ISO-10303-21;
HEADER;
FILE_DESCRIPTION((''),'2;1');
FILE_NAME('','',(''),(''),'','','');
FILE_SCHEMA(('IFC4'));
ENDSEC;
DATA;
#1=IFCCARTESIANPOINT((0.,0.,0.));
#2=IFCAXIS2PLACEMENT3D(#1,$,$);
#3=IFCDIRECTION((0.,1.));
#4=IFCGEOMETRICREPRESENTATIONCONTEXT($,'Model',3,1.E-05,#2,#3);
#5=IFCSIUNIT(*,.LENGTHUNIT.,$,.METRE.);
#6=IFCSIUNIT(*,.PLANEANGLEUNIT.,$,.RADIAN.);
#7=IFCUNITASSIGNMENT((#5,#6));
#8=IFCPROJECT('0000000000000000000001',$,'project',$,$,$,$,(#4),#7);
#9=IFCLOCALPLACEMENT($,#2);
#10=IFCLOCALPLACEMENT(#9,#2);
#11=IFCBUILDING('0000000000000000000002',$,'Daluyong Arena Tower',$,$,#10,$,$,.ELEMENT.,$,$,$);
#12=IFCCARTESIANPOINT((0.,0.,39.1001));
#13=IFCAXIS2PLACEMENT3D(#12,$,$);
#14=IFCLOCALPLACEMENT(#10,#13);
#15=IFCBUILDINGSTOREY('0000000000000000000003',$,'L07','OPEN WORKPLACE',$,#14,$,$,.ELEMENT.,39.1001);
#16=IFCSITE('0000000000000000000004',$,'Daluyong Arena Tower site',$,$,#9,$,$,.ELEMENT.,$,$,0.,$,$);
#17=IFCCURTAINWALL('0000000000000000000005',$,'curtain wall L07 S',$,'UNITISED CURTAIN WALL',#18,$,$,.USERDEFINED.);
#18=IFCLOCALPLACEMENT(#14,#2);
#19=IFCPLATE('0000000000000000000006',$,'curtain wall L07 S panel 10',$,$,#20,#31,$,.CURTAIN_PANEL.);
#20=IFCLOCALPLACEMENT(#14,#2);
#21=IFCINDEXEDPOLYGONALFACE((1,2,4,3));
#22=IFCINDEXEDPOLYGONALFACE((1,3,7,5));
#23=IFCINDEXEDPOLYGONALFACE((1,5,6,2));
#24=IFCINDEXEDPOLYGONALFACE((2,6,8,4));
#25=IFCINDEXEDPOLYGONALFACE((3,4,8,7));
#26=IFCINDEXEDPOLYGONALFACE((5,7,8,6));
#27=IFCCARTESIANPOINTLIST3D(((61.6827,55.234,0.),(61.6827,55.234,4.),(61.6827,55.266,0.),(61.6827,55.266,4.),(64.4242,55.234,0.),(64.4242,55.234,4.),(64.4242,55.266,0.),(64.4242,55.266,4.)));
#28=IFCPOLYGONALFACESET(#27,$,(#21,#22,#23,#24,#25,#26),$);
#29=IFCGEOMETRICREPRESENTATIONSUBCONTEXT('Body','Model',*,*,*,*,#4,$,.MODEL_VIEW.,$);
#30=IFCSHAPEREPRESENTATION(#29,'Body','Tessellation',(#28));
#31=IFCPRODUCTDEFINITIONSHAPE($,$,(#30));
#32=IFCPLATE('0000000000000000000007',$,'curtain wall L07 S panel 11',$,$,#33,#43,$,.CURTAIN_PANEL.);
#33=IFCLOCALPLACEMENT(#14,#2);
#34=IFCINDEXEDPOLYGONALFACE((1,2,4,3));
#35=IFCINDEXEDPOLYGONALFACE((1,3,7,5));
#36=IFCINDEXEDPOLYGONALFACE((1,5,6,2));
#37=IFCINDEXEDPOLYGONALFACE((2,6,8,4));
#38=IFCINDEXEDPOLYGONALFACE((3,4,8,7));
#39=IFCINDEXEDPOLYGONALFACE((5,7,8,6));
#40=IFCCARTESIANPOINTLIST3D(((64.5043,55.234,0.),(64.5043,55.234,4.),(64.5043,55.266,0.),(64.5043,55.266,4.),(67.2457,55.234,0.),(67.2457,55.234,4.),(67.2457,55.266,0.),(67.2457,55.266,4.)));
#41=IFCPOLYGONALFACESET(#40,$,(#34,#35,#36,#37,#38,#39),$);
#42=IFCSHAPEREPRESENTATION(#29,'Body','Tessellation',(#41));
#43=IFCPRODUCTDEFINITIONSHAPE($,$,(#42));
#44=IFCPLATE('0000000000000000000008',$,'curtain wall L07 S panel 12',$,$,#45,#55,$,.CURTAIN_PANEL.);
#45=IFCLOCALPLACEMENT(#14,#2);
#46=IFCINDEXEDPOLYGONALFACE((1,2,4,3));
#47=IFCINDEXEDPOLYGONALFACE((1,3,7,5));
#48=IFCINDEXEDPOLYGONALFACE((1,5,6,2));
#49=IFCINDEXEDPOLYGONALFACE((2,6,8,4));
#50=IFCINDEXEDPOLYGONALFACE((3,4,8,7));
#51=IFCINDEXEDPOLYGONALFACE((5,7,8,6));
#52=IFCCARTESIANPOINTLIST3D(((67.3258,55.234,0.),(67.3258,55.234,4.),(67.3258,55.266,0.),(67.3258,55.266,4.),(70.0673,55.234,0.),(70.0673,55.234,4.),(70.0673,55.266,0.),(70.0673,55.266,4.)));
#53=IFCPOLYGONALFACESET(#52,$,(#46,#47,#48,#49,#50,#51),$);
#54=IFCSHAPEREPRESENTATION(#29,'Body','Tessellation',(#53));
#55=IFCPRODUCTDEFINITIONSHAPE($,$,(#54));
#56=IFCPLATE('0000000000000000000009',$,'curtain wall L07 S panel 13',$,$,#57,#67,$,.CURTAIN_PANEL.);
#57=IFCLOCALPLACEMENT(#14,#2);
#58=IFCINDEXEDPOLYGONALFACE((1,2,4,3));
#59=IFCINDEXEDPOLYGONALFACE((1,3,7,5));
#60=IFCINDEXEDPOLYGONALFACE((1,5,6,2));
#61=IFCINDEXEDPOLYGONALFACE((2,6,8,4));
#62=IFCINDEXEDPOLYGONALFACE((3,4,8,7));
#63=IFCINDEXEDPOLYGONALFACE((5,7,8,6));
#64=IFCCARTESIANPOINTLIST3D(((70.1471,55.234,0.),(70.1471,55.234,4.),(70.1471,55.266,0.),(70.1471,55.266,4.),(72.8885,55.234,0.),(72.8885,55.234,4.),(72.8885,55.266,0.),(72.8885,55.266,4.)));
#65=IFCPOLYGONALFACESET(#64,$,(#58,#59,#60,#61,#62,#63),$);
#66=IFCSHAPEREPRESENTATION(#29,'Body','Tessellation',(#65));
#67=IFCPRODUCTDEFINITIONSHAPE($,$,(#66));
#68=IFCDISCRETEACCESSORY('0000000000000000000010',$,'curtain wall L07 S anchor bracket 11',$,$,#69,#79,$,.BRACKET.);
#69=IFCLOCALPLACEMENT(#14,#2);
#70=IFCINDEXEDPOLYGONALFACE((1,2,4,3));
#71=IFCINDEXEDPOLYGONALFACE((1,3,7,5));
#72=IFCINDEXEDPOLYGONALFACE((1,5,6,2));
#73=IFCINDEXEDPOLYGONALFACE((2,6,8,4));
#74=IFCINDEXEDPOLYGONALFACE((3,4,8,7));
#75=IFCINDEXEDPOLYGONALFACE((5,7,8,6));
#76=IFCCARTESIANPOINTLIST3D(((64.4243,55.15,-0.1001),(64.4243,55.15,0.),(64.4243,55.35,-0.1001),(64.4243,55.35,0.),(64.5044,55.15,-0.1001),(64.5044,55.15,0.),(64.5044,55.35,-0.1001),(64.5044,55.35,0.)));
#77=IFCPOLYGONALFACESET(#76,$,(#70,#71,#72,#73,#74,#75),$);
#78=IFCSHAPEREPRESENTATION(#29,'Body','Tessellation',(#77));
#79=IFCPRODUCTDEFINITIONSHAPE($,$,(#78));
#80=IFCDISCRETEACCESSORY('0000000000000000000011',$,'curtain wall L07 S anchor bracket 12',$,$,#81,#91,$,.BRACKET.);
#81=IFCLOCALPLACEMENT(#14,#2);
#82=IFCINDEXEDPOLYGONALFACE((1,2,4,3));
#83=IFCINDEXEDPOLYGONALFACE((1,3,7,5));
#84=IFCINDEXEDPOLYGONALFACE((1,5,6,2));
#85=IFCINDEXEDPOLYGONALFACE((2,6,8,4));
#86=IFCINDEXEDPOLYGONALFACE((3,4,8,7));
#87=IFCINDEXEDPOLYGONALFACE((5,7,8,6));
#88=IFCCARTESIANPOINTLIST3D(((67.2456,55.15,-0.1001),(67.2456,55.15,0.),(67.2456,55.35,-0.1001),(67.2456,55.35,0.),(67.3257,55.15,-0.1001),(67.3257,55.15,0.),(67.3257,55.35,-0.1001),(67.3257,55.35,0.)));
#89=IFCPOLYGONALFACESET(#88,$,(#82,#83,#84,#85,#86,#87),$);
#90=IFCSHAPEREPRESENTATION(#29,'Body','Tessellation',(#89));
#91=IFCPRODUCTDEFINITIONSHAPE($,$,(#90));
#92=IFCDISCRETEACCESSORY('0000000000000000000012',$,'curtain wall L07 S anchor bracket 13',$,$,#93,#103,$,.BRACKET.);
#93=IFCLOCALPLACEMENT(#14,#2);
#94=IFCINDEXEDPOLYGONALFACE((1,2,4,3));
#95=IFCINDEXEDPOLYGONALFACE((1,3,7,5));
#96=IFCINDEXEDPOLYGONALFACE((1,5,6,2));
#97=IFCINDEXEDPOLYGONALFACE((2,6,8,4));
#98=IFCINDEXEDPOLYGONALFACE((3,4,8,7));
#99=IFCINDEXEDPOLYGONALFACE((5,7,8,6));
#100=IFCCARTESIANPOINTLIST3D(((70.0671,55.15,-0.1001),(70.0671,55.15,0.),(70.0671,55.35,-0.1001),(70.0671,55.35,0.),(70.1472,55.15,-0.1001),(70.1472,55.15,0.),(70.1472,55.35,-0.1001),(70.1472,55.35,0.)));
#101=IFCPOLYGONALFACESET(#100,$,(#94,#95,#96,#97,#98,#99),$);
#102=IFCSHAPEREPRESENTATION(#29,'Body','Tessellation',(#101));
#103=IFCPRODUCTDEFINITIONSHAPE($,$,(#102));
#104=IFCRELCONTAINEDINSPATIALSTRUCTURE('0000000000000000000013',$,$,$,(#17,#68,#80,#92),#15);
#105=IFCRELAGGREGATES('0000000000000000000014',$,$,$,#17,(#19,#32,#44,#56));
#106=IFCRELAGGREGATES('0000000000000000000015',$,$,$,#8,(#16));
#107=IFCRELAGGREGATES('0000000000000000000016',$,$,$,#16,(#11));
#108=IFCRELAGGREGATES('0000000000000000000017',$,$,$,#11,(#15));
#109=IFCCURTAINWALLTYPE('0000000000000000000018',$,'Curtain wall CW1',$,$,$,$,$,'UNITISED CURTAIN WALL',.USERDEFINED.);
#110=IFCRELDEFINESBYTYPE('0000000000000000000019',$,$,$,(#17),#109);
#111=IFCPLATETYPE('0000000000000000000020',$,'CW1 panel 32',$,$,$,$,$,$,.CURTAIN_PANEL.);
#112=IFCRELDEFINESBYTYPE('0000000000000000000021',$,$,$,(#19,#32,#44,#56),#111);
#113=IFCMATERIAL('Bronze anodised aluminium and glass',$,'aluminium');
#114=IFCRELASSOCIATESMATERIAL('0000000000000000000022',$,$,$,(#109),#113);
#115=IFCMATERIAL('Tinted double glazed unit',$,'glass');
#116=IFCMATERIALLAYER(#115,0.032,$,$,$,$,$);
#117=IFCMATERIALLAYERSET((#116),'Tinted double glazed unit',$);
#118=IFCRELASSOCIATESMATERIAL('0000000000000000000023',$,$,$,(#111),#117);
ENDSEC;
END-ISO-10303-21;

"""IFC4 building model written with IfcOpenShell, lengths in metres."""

from ifc_helpers import new_model, si_unit, direction, frame, origin, origin_2d, place, context, subcontext, project, spatial, rectangle, extrude, material, layer, layer_set, type_object, element, aggregate, save


model = new_model("IFC4")

# Units and contexts
model_context = context("Model", 3, precision=1e-05, world=origin(), true_north=direction((0.0, 1.0)))
body_context = subcontext(model_context, "Body", "Model", "MODEL_VIEW")
ifc_project = project(units=[si_unit("LENGTHUNIT", "METRE"), si_unit("PLANEANGLEUNIT", "RADIAN")], contexts=[model_context])

# Site, building, storey
site_placement = place(None, origin())
site = spatial("IfcSite", under=ifc_project, at=site_placement, Name="Daluyong Arena Tower site", CompositionType="ELEMENT", RefElevation=0.0)
building_placement = place(site_placement, origin())
building = spatial("IfcBuilding", under=site, at=building_placement, Name="Daluyong Arena Tower", CompositionType="ELEMENT")
storey_placement = place(building_placement, frame((0.0, 0.0, 39.1001)))
storey = spatial("IfcBuildingStorey", under=building, at=storey_placement, Name="L07", Description="OPEN WORKPLACE", CompositionType="ELEMENT", Elevation=39.1001)

# Curtain wall
ifc_material_1 = material(Name="Bronze anodised aluminium and glass", Category="aluminium")
curtain_wall_type = type_object("IfcCurtainWallType", Name="Curtain wall CW1", ElementType="UNITISED CURTAIN WALL", PredefinedType="USERDEFINED", material=ifc_material_1)
curtain_wall_placement = place(storey_placement, origin())
curtain_wall = element("IfcCurtainWall", 1, at=curtain_wall_placement, inside=storey, type_object=curtain_wall_type, Name="curtain wall L07 S", ObjectType="UNITISED CURTAIN WALL", PredefinedType="USERDEFINED")

# Plates
ifc_material_2 = material(Name="Tinted double glazed unit", Category="glass")
ifc_layer = layer(ifc_material_2, 0.032)
ifc_layer_set = layer_set([ifc_layer], Name="Tinted double glazed unit")
plate_type = type_object("IfcPlateType", Name="CW1 panel 32", PredefinedType="CURTAIN_PANEL", material=ifc_layer_set)
plate_1_placement = place(storey_placement, frame((63.0535, 55.25, 0.0), z_axis=(0.0, 0.0, 1.0), x_axis=(1.0, 0.0, 0.0)))
plate_1 = element("IfcPlate", 2, at=plate_1_placement, type_object=plate_type, Name="curtain wall L07 S panel 10", PredefinedType="CURTAIN_PANEL", context=body_context, shape_type="SweptSolid", body=[
    extrude(rectangle(XDim=2.7415, YDim=0.032, at=origin_2d()), origin(), (0.0, 0.0, 1.0), 4.0),
])
plate_2_placement = place(storey_placement, frame((65.875, 55.25, 0.0), z_axis=(0.0, 0.0, 1.0), x_axis=(1.0, 0.0, 0.0)))
plate_2 = element("IfcPlate", 3, at=plate_2_placement, type_object=plate_type, Name="curtain wall L07 S panel 11", PredefinedType="CURTAIN_PANEL", context=body_context, shape_type="SweptSolid", body=[
    extrude(rectangle(XDim=2.7415, YDim=0.032, at=origin_2d()), origin(), (0.0, 0.0, 1.0), 4.0),
])
plate_3_placement = place(storey_placement, frame((68.6965, 55.25, 0.0), z_axis=(0.0, 0.0, 1.0), x_axis=(1.0, 0.0, 0.0)))
plate_3 = element("IfcPlate", 4, at=plate_3_placement, type_object=plate_type, Name="curtain wall L07 S panel 12", PredefinedType="CURTAIN_PANEL", context=body_context, shape_type="SweptSolid", body=[
    extrude(rectangle(XDim=2.7415, YDim=0.032, at=origin_2d()), origin(), (0.0, 0.0, 1.0), 4.0),
])
plate_4_placement = place(storey_placement, frame((71.5178, 55.25, 0.0), z_axis=(0.0, 0.0, 1.0), x_axis=(1.0, 0.0, 0.0)))
plate_4 = element("IfcPlate", 5, at=plate_4_placement, type_object=plate_type, Name="curtain wall L07 S panel 13", PredefinedType="CURTAIN_PANEL", context=body_context, shape_type="SweptSolid", body=[
    extrude(rectangle(XDim=2.7415, YDim=0.032, at=origin_2d()), origin(), (0.0, 0.0, 1.0), 4.0),
])
aggregate(curtain_wall, [plate_1, plate_2, plate_3, plate_4])

# Discrete accessories
for number, where, z_axis, x_axis, name in (
    (6, (64.4644, 55.25, -0.1001), (0.0, 0.0, 1.0), (1.0, 0.0, 0.0), "curtain wall L07 S anchor bracket 11"),
    (7, (67.2856, 55.25, -0.1001), (0.0, 0.0, 1.0), (1.0, 0.0, 0.0), "curtain wall L07 S anchor bracket 12"),
    (8, (70.1072, 55.25, -0.1001), (0.0, 0.0, 1.0), (1.0, 0.0, 0.0), "curtain wall L07 S anchor bracket 13"),
):
    element("IfcDiscreteAccessory", number, at=place(storey_placement, frame(where, z_axis=z_axis, x_axis=x_axis)), inside=storey, Name=name, PredefinedType="BRACKET", context=body_context, shape_type="SweptSolid", body=[
        extrude(rectangle(XDim=0.0801, YDim=0.2, at=origin_2d()), origin(), (0.0, 0.0, 1.0), 0.1001),
    ])

save(model, "model.ifc")
